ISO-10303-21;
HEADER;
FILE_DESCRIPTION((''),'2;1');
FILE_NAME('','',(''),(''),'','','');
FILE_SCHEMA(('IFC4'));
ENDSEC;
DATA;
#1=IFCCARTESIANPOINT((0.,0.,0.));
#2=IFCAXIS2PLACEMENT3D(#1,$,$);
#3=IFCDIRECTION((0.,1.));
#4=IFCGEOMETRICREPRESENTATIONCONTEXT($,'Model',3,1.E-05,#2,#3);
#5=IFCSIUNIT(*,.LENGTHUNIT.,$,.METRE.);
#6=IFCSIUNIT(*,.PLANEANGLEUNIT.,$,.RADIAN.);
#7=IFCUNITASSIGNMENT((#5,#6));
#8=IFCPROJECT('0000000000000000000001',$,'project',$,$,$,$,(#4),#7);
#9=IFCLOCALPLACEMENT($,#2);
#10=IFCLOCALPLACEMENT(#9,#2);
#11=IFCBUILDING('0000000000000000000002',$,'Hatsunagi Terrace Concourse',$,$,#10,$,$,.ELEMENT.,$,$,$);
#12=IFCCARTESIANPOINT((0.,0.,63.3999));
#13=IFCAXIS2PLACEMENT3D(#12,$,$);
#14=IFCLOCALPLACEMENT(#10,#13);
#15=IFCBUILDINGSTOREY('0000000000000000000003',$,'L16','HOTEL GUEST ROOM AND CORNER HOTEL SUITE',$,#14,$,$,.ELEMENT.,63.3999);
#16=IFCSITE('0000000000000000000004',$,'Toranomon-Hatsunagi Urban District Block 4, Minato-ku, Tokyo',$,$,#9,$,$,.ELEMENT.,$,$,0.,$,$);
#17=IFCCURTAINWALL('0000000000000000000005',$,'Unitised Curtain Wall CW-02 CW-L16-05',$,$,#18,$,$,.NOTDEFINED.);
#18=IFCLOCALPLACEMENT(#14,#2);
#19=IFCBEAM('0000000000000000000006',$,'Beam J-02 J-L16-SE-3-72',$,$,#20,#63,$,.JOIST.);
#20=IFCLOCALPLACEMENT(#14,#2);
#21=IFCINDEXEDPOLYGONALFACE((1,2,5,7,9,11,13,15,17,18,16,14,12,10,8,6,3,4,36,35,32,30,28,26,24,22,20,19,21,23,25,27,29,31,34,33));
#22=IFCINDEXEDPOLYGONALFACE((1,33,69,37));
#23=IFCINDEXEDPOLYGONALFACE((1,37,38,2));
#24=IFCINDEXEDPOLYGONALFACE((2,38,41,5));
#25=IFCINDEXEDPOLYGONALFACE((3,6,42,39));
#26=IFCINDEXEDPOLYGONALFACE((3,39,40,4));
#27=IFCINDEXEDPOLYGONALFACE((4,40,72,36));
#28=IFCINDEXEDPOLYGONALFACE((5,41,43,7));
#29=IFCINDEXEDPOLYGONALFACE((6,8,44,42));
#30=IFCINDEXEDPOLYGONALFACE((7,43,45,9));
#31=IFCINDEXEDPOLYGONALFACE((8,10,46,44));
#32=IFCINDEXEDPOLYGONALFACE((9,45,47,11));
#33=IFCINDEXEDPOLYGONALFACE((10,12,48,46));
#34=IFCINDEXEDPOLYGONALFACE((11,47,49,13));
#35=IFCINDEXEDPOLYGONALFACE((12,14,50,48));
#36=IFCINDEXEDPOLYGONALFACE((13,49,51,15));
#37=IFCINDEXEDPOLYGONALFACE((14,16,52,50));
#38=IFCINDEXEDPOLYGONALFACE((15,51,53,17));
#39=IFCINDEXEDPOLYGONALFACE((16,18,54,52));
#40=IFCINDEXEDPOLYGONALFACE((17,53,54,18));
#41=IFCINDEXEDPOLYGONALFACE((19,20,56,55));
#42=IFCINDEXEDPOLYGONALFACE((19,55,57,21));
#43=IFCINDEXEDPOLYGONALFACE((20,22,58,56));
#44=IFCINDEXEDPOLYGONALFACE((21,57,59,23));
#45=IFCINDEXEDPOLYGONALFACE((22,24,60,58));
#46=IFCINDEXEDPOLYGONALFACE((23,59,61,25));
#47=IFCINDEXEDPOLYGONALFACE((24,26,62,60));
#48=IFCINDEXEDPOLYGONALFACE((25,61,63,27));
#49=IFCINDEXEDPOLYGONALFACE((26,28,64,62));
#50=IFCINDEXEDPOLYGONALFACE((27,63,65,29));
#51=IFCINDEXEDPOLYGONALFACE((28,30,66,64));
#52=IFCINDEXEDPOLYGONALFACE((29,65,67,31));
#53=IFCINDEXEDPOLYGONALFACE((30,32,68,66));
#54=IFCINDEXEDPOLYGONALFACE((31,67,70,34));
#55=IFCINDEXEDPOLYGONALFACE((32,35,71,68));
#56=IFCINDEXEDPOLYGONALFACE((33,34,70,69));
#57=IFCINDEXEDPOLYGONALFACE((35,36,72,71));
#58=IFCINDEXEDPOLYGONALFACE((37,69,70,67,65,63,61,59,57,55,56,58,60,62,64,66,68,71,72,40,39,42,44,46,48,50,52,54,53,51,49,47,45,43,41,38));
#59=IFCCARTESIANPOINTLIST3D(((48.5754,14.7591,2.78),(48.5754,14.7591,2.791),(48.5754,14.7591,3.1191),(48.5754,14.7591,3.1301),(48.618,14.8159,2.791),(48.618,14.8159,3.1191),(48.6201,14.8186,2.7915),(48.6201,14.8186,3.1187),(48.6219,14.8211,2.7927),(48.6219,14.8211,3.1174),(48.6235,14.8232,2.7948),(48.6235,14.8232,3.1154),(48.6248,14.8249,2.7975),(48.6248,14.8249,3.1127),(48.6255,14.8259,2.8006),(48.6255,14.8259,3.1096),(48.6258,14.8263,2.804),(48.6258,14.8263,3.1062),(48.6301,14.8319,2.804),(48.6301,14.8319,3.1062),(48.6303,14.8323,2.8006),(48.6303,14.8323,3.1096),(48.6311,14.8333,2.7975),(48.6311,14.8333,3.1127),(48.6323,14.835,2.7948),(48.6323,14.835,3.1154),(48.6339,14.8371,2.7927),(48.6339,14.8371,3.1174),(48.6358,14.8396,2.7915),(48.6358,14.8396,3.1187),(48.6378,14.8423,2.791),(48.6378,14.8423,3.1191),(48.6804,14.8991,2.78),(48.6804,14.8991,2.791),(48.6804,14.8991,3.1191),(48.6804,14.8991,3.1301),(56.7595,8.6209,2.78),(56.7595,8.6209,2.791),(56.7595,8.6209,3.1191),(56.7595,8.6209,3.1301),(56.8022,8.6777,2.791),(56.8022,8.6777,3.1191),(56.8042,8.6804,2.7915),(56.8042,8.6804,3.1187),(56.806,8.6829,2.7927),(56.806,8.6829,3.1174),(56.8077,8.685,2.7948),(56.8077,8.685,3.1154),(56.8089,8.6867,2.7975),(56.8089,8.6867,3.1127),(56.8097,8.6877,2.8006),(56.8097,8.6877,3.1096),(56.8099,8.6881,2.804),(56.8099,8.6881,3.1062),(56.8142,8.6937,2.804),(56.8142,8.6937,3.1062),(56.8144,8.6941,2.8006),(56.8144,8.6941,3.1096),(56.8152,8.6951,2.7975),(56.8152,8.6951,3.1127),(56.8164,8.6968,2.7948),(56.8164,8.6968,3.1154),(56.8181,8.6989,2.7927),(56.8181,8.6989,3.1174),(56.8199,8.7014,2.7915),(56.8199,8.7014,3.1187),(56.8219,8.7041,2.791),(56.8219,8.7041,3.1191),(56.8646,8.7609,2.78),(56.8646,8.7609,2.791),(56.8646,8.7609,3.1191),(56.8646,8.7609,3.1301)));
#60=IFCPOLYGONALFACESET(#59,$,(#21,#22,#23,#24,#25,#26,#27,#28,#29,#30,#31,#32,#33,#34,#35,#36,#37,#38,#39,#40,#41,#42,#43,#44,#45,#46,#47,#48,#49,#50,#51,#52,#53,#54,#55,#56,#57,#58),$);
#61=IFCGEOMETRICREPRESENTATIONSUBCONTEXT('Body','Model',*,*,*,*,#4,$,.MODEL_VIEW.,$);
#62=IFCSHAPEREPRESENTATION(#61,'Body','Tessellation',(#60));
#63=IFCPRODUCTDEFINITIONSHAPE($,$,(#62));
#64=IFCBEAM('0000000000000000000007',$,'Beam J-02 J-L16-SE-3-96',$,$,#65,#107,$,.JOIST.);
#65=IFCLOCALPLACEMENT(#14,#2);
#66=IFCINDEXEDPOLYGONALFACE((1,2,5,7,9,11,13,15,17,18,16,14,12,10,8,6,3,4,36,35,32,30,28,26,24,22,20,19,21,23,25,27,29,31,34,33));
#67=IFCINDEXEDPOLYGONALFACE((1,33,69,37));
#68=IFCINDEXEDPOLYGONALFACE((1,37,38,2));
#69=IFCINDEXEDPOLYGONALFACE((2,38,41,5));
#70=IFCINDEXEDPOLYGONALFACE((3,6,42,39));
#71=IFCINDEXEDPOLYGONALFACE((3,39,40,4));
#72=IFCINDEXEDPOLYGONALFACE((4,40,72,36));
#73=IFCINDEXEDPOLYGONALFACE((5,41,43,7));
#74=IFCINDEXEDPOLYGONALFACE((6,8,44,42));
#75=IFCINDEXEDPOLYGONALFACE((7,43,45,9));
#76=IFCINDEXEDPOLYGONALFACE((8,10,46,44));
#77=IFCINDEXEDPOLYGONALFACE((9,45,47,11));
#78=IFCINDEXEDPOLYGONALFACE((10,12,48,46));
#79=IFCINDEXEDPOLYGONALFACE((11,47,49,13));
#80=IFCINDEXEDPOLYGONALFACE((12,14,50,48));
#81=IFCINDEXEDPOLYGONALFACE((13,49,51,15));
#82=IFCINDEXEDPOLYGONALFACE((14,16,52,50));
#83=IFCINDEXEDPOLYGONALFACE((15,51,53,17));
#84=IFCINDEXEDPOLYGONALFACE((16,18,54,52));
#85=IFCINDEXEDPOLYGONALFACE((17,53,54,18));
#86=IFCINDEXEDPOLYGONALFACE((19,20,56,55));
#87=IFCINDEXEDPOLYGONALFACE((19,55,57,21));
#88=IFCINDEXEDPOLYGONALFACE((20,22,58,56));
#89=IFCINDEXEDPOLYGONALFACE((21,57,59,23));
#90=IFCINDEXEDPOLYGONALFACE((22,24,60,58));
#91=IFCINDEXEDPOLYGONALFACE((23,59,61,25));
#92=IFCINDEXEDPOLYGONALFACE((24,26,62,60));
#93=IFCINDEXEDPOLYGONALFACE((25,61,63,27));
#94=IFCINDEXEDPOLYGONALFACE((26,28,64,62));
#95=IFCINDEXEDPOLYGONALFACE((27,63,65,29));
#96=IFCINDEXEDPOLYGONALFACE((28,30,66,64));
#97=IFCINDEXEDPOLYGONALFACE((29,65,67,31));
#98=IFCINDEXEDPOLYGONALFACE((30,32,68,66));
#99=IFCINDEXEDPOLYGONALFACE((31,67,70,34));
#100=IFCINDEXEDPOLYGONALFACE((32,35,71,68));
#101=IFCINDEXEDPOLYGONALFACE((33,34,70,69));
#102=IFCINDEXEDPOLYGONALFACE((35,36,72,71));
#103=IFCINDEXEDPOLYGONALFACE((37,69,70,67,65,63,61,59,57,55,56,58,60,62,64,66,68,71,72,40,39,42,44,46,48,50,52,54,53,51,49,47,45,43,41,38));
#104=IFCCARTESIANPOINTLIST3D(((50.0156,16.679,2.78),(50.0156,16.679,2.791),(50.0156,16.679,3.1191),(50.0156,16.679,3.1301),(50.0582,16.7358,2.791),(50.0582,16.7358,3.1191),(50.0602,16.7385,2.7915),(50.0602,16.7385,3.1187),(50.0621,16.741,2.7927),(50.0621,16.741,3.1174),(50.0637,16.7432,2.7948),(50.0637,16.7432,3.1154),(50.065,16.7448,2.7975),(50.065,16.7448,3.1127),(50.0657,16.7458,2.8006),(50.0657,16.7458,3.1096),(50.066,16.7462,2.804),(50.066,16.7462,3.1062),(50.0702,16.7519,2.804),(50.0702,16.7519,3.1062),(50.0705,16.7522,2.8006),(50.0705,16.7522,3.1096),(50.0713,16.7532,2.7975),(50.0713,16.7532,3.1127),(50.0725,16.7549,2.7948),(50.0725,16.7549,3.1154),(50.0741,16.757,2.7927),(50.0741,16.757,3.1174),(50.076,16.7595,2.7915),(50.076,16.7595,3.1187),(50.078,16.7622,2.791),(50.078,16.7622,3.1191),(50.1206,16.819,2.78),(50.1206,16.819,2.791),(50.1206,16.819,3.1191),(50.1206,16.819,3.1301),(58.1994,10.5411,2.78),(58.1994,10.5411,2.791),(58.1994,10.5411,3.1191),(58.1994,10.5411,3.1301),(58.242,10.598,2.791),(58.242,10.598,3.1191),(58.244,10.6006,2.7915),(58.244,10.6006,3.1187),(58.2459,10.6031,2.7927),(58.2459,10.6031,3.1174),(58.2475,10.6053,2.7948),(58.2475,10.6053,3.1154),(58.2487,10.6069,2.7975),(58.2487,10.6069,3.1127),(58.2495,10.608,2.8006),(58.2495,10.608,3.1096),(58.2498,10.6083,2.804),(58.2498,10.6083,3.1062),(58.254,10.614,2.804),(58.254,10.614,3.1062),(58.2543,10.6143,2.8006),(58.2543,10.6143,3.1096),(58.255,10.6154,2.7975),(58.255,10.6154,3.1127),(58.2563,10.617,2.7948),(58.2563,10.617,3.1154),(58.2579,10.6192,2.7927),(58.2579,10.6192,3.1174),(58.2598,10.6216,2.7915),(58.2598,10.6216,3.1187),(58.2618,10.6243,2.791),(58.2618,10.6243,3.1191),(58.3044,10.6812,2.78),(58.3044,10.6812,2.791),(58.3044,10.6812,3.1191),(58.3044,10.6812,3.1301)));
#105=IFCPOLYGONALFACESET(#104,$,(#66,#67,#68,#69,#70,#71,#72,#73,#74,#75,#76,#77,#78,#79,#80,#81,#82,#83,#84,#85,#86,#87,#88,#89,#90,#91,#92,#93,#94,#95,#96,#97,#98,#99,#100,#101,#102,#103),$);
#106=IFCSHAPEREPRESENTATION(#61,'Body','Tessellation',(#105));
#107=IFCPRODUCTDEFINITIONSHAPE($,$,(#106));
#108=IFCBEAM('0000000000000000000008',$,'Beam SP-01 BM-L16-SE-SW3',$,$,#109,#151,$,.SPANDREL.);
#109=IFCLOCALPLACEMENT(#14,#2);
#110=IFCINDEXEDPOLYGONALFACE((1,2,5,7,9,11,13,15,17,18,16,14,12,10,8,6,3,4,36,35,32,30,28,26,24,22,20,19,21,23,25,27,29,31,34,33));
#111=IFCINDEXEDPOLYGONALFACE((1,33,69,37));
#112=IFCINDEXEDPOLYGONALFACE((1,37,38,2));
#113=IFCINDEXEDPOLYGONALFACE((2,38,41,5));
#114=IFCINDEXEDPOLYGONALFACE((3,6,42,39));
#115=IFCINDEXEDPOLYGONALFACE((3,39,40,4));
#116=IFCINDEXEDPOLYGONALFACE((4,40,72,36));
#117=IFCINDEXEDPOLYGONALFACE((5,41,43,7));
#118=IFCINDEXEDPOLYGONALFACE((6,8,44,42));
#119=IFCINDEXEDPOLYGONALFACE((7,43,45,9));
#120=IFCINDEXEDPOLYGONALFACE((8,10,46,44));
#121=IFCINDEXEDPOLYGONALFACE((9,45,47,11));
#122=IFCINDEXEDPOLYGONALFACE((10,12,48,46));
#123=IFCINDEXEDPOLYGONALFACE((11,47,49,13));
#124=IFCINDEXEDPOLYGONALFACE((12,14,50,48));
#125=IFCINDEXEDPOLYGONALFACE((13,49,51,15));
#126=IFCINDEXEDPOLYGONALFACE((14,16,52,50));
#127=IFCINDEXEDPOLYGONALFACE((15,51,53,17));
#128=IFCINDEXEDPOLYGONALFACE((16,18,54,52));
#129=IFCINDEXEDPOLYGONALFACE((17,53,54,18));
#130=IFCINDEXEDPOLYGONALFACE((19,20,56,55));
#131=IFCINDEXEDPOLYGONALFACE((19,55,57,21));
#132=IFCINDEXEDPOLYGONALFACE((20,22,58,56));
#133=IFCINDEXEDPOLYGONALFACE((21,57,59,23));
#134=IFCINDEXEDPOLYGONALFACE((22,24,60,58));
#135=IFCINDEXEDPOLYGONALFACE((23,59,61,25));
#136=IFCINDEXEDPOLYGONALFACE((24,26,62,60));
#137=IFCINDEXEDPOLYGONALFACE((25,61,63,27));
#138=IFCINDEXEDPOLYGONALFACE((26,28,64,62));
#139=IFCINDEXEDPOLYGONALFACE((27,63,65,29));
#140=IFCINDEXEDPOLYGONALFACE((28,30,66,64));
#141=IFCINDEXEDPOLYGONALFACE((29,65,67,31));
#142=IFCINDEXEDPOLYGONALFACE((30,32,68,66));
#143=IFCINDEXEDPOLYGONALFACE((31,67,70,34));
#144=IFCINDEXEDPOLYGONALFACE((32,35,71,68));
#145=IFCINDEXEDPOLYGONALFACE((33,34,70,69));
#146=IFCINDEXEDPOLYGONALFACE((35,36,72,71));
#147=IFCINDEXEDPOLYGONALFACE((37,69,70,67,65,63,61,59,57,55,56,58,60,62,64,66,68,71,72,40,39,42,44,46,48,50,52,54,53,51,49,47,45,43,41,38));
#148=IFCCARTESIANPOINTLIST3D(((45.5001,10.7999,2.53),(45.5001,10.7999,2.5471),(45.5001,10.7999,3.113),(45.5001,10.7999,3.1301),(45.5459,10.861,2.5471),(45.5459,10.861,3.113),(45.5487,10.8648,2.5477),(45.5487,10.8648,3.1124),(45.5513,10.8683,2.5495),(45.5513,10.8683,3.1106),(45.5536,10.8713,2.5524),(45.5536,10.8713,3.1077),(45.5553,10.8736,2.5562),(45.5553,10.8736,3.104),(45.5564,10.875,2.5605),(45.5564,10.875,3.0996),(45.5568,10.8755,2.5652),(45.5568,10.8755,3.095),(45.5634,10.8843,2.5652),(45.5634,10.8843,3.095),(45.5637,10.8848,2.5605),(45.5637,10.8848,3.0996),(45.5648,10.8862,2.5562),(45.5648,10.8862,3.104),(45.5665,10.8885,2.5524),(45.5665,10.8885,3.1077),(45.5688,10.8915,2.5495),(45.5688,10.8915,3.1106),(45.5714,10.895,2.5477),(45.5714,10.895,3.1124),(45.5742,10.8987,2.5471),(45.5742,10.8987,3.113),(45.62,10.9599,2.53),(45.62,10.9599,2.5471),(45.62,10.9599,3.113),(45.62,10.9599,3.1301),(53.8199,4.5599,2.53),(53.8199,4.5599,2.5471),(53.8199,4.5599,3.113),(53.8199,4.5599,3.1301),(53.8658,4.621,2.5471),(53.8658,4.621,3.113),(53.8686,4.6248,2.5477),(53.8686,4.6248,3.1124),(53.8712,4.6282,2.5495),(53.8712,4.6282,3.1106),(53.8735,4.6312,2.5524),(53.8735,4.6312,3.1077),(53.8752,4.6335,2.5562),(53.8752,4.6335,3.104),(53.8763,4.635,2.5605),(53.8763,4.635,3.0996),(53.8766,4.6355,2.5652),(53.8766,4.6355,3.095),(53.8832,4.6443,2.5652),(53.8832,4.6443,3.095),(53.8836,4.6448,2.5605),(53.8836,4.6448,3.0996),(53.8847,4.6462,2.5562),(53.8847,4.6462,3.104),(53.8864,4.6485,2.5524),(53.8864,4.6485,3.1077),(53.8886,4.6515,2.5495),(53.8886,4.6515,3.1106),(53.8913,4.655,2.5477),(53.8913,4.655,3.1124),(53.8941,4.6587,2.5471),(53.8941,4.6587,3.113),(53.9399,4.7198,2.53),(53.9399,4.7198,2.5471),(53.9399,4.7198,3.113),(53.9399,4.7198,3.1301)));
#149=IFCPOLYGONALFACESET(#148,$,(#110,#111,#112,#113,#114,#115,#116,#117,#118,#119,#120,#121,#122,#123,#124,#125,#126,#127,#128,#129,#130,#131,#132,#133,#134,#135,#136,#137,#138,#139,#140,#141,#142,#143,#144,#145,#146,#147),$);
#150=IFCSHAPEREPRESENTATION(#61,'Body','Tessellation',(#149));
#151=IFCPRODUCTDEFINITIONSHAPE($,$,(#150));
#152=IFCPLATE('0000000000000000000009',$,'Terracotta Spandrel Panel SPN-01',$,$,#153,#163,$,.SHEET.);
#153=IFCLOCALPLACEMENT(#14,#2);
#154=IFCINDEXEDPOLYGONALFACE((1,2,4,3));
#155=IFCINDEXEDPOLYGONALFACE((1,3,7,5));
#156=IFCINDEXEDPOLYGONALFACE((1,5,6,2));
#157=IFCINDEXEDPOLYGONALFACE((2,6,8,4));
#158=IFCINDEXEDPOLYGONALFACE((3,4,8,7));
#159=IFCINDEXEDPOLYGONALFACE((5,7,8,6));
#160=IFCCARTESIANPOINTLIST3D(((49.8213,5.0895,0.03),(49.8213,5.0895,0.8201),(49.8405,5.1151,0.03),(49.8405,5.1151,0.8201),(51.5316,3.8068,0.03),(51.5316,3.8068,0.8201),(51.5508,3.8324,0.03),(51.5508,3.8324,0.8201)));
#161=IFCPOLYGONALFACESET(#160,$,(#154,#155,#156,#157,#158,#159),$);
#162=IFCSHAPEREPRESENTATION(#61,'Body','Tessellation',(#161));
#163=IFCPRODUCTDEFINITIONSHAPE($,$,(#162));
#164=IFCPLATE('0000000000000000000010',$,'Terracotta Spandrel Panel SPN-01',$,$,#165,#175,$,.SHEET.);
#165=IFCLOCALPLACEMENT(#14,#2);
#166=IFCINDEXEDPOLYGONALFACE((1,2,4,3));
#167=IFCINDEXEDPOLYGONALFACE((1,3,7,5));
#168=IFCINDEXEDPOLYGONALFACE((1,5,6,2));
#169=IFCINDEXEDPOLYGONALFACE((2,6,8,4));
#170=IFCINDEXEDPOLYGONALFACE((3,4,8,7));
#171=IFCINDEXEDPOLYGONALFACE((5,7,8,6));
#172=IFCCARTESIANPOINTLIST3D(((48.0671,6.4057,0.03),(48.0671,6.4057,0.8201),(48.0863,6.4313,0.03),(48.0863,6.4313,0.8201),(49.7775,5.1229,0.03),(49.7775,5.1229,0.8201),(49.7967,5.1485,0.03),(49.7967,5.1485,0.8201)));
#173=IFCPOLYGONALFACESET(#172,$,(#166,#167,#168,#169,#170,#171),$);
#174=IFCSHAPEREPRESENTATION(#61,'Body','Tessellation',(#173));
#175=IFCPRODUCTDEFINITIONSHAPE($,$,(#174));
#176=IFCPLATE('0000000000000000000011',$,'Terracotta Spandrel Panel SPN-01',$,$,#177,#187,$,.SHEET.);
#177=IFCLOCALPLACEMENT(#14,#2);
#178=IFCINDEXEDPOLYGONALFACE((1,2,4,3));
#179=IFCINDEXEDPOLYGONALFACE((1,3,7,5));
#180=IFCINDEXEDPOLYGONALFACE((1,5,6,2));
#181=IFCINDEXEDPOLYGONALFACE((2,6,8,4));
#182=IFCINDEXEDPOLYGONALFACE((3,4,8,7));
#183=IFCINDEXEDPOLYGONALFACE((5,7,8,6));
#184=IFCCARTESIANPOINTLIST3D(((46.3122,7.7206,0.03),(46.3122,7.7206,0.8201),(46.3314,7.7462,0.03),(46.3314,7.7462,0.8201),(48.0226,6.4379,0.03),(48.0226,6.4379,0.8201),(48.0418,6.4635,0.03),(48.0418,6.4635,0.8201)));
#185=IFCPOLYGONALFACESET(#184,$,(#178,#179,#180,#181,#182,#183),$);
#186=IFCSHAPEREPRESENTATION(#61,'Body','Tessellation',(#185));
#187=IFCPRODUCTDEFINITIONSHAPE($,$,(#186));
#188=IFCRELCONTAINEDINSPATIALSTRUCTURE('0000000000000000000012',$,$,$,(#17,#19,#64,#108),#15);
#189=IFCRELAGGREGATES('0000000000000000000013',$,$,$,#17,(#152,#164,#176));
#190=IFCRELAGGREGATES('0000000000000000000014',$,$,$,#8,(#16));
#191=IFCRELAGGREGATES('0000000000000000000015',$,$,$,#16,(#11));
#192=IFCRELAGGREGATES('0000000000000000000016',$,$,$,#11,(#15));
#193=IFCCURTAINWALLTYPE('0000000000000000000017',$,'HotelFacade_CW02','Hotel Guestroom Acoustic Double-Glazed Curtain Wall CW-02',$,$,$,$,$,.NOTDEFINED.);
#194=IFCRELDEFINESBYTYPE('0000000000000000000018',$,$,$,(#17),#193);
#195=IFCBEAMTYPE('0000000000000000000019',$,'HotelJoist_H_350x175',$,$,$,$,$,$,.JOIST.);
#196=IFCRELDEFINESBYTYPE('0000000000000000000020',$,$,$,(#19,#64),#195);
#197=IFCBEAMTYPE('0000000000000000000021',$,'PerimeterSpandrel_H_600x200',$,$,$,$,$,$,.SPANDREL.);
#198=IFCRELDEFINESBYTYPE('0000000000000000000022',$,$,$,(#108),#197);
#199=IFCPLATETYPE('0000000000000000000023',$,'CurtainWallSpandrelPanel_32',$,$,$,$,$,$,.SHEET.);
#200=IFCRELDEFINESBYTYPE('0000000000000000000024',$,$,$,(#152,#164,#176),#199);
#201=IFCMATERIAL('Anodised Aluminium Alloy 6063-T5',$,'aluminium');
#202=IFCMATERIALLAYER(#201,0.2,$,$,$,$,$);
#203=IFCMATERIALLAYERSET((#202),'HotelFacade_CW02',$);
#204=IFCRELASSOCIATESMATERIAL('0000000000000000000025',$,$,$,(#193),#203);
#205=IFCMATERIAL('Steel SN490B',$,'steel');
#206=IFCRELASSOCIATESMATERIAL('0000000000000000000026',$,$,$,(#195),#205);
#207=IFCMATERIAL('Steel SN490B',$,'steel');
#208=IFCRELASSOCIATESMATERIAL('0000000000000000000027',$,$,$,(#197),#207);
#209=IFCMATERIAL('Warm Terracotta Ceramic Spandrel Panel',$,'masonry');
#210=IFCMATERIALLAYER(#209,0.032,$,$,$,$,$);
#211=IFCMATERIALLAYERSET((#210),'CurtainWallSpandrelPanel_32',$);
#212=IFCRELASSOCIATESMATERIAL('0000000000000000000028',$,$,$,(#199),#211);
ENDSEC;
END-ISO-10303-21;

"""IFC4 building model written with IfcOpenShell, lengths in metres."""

from ifc_helpers import new_model, si_unit, direction, frame, origin, origin_2d, place, context, subcontext, project, spatial, rectangle, i_section, extrude, material, layer, layer_set, material_profile, profile_set, type_object, element, aggregate, save


model = new_model("IFC4")

# Units and contexts
model_context = context("Model", 3, precision=1e-05, world=origin(), true_north=direction((0.0, 1.0)))
body_context = subcontext(model_context, "Body", "Model", "MODEL_VIEW")
ifc_project = project(units=[si_unit("LENGTHUNIT", "METRE"), si_unit("PLANEANGLEUNIT", "RADIAN")], contexts=[model_context])

# Site, building, storey
site_placement = place(None, origin())
site = spatial("IfcSite", under=ifc_project, at=site_placement, Name="Toranomon-Hatsunagi Urban District Block 4, Minato-ku, Tokyo", CompositionType="ELEMENT", RefElevation=0.0)
building_placement = place(site_placement, origin())
building = spatial("IfcBuilding", under=site, at=building_placement, Name="Hatsunagi Terrace Concourse", CompositionType="ELEMENT")
storey_placement = place(building_placement, frame((0.0, 0.0, 63.3999)))
storey = spatial("IfcBuildingStorey", under=building, at=storey_placement, Name="L16", Description="HOTEL GUEST ROOM AND CORNER HOTEL SUITE", CompositionType="ELEMENT", Elevation=63.3999)

# Curtain wall
ifc_material_1 = material(Name="Anodised Aluminium Alloy 6063-T5", Category="aluminium")
ifc_layer_1 = layer(ifc_material_1, 0.2)
ifc_layer_set_1 = layer_set([ifc_layer_1], Name="HotelFacade_CW02")
curtain_wall_type = type_object("IfcCurtainWallType", Name="HotelFacade_CW02", Description="Hotel Guestroom Acoustic Double-Glazed Curtain Wall CW-02", PredefinedType="NOTDEFINED", material=ifc_layer_set_1)
curtain_wall_placement = place(storey_placement, origin())
curtain_wall = element("IfcCurtainWall", 1, at=curtain_wall_placement, inside=storey, type_object=curtain_wall_type, Name="Unitised Curtain Wall CW-02 CW-L16-05", PredefinedType="NOTDEFINED")

# Beams
ifc_material_2 = material(Name="Steel SN490B", Category="steel")
ifc_material_profile_1 = material_profile(ifc_material_2, i_section(OverallWidth=0.175, OverallDepth=0.3501, WebThickness=0.0071, FlangeThickness=0.011, FilletRadius=0.0129, at=origin_2d()), Name="H-350x175x7x11")
ifc_profile_set_1 = profile_set([ifc_material_profile_1], Name="Steel SN490B")
beam_type_1 = type_object("IfcBeamType", Name="HotelJoist_H_350x175", PredefinedType="JOIST", material=ifc_profile_set_1)
beam_1_placement = place(storey_placement, frame((48.6279, 14.8291, 2.9551), z_axis=(0.799994, -0.600008, 0.0), x_axis=(0.600008, 0.799994, 0.0)))
element("IfcBeam", 2, at=beam_1_placement, inside=storey, type_object=beam_type_1, Name="Beam J-02 J-L16-SE-3-72", PredefinedType="JOIST", context=body_context, shape_type="SweptSolid", body=[
    extrude(i_section(OverallWidth=0.175, OverallDepth=0.3501, WebThickness=0.0071, FlangeThickness=0.011, FilletRadius=0.0129, at=origin_2d()), origin(), (0.0, 0.0, 1.0), 10.2302),
])
beam_2_placement = place(storey_placement, frame((50.0681, 16.749, 2.9551), z_axis=(0.799997, -0.600004, 0.0), x_axis=(0.600004, 0.799997, 0.0)))
element("IfcBeam", 3, at=beam_2_placement, inside=storey, type_object=beam_type_1, Name="Beam J-02 J-L16-SE-3-96", PredefinedType="JOIST", context=body_context, shape_type="SweptSolid", body=[
    extrude(i_section(OverallWidth=0.175, OverallDepth=0.3501, WebThickness=0.0071, FlangeThickness=0.011, FilletRadius=0.0129, at=origin_2d()), origin(), (0.0, 0.0, 1.0), 10.2297),
])
ifc_material_3 = material(Name="Steel SN490B", Category="steel")
ifc_material_profile_2 = material_profile(ifc_material_3, i_section(OverallWidth=0.2, OverallDepth=0.6001, WebThickness=0.011, FlangeThickness=0.0171, FilletRadius=0.0181, at=origin_2d()), Name="H-600x200x11x17")
ifc_profile_set_2 = profile_set([ifc_material_profile_2], Name="Steel SN490B")
beam_type_2 = type_object("IfcBeamType", Name="PerimeterSpandrel_H_600x200", PredefinedType="SPANDREL", material=ifc_profile_set_2)
beam_3_placement = place(storey_placement, frame((45.5601, 10.8799, 2.8301), z_axis=(0.799994, -0.600008, 0.0), x_axis=(0.600008, 0.799994, 0.0)))
element("IfcBeam", 4, at=beam_3_placement, inside=storey, type_object=beam_type_2, Name="Beam SP-01 BM-L16-SE-SW3", PredefinedType="SPANDREL", context=body_context, shape_type="SweptSolid", body=[
    extrude(i_section(OverallWidth=0.2, OverallDepth=0.6001, WebThickness=0.011, FlangeThickness=0.0171, FilletRadius=0.0181, at=origin_2d()), origin(), (0.0, 0.0, 1.0), 10.3999),
])

# Plates
ifc_material_4 = material(Name="Warm Terracotta Ceramic Spandrel Panel", Category="masonry")
ifc_layer_2 = layer(ifc_material_4, 0.032)
ifc_layer_set_2 = layer_set([ifc_layer_2], Name="CurtainWallSpandrelPanel_32")
plate_type_1 = type_object("IfcPlateType", Name="CurtainWallSpandrelPanel_32", PredefinedType="SHEET", material=ifc_layer_set_2)
plate_1_placement = place(storey_placement, frame((50.686, 4.4609, 0.03), z_axis=(0.0, 0.0, 1.0), x_axis=(-0.800003, 0.599996, 0.0)))
plate_1 = element("IfcPlate", 5, at=plate_1_placement, type_object=plate_type_1, Name="Terracotta Spandrel Panel SPN-01", PredefinedType="SHEET", context=body_context, shape_type="SweptSolid", body=[
    extrude(rectangle(XDim=2.1379, YDim=0.032, at=origin_2d()), origin(), (0.0, 0.0, 1.0), 0.79),
])
plate_2_placement = place(storey_placement, frame((48.9319, 5.7771, 0.03), z_axis=(0.0, 0.0, 1.0), x_axis=(-0.800003, 0.599996, 0.0)))
plate_2 = element("IfcPlate", 6, at=plate_2_placement, type_object=plate_type_1, Name="Terracotta Spandrel Panel SPN-01", PredefinedType="SHEET", context=body_context, shape_type="SweptSolid", body=[
    extrude(rectangle(XDim=2.1379, YDim=0.032, at=origin_2d()), origin(), (0.0, 0.0, 1.0), 0.79),
])
plate_3_placement = place(storey_placement, frame((47.177, 7.092, 0.03), z_axis=(0.0, 0.0, 1.0), x_axis=(-0.800003, 0.599996, 0.0)))
plate_3 = element("IfcPlate", 7, at=plate_3_placement, type_object=plate_type_1, Name="Terracotta Spandrel Panel SPN-01", PredefinedType="SHEET", context=body_context, shape_type="SweptSolid", body=[
    extrude(rectangle(XDim=2.1379, YDim=0.032, at=origin_2d()), origin(), (0.0, 0.0, 1.0), 0.79),
])
aggregate(curtain_wall, [plate_1, plate_2, plate_3])

save(model, "model.ifc")
